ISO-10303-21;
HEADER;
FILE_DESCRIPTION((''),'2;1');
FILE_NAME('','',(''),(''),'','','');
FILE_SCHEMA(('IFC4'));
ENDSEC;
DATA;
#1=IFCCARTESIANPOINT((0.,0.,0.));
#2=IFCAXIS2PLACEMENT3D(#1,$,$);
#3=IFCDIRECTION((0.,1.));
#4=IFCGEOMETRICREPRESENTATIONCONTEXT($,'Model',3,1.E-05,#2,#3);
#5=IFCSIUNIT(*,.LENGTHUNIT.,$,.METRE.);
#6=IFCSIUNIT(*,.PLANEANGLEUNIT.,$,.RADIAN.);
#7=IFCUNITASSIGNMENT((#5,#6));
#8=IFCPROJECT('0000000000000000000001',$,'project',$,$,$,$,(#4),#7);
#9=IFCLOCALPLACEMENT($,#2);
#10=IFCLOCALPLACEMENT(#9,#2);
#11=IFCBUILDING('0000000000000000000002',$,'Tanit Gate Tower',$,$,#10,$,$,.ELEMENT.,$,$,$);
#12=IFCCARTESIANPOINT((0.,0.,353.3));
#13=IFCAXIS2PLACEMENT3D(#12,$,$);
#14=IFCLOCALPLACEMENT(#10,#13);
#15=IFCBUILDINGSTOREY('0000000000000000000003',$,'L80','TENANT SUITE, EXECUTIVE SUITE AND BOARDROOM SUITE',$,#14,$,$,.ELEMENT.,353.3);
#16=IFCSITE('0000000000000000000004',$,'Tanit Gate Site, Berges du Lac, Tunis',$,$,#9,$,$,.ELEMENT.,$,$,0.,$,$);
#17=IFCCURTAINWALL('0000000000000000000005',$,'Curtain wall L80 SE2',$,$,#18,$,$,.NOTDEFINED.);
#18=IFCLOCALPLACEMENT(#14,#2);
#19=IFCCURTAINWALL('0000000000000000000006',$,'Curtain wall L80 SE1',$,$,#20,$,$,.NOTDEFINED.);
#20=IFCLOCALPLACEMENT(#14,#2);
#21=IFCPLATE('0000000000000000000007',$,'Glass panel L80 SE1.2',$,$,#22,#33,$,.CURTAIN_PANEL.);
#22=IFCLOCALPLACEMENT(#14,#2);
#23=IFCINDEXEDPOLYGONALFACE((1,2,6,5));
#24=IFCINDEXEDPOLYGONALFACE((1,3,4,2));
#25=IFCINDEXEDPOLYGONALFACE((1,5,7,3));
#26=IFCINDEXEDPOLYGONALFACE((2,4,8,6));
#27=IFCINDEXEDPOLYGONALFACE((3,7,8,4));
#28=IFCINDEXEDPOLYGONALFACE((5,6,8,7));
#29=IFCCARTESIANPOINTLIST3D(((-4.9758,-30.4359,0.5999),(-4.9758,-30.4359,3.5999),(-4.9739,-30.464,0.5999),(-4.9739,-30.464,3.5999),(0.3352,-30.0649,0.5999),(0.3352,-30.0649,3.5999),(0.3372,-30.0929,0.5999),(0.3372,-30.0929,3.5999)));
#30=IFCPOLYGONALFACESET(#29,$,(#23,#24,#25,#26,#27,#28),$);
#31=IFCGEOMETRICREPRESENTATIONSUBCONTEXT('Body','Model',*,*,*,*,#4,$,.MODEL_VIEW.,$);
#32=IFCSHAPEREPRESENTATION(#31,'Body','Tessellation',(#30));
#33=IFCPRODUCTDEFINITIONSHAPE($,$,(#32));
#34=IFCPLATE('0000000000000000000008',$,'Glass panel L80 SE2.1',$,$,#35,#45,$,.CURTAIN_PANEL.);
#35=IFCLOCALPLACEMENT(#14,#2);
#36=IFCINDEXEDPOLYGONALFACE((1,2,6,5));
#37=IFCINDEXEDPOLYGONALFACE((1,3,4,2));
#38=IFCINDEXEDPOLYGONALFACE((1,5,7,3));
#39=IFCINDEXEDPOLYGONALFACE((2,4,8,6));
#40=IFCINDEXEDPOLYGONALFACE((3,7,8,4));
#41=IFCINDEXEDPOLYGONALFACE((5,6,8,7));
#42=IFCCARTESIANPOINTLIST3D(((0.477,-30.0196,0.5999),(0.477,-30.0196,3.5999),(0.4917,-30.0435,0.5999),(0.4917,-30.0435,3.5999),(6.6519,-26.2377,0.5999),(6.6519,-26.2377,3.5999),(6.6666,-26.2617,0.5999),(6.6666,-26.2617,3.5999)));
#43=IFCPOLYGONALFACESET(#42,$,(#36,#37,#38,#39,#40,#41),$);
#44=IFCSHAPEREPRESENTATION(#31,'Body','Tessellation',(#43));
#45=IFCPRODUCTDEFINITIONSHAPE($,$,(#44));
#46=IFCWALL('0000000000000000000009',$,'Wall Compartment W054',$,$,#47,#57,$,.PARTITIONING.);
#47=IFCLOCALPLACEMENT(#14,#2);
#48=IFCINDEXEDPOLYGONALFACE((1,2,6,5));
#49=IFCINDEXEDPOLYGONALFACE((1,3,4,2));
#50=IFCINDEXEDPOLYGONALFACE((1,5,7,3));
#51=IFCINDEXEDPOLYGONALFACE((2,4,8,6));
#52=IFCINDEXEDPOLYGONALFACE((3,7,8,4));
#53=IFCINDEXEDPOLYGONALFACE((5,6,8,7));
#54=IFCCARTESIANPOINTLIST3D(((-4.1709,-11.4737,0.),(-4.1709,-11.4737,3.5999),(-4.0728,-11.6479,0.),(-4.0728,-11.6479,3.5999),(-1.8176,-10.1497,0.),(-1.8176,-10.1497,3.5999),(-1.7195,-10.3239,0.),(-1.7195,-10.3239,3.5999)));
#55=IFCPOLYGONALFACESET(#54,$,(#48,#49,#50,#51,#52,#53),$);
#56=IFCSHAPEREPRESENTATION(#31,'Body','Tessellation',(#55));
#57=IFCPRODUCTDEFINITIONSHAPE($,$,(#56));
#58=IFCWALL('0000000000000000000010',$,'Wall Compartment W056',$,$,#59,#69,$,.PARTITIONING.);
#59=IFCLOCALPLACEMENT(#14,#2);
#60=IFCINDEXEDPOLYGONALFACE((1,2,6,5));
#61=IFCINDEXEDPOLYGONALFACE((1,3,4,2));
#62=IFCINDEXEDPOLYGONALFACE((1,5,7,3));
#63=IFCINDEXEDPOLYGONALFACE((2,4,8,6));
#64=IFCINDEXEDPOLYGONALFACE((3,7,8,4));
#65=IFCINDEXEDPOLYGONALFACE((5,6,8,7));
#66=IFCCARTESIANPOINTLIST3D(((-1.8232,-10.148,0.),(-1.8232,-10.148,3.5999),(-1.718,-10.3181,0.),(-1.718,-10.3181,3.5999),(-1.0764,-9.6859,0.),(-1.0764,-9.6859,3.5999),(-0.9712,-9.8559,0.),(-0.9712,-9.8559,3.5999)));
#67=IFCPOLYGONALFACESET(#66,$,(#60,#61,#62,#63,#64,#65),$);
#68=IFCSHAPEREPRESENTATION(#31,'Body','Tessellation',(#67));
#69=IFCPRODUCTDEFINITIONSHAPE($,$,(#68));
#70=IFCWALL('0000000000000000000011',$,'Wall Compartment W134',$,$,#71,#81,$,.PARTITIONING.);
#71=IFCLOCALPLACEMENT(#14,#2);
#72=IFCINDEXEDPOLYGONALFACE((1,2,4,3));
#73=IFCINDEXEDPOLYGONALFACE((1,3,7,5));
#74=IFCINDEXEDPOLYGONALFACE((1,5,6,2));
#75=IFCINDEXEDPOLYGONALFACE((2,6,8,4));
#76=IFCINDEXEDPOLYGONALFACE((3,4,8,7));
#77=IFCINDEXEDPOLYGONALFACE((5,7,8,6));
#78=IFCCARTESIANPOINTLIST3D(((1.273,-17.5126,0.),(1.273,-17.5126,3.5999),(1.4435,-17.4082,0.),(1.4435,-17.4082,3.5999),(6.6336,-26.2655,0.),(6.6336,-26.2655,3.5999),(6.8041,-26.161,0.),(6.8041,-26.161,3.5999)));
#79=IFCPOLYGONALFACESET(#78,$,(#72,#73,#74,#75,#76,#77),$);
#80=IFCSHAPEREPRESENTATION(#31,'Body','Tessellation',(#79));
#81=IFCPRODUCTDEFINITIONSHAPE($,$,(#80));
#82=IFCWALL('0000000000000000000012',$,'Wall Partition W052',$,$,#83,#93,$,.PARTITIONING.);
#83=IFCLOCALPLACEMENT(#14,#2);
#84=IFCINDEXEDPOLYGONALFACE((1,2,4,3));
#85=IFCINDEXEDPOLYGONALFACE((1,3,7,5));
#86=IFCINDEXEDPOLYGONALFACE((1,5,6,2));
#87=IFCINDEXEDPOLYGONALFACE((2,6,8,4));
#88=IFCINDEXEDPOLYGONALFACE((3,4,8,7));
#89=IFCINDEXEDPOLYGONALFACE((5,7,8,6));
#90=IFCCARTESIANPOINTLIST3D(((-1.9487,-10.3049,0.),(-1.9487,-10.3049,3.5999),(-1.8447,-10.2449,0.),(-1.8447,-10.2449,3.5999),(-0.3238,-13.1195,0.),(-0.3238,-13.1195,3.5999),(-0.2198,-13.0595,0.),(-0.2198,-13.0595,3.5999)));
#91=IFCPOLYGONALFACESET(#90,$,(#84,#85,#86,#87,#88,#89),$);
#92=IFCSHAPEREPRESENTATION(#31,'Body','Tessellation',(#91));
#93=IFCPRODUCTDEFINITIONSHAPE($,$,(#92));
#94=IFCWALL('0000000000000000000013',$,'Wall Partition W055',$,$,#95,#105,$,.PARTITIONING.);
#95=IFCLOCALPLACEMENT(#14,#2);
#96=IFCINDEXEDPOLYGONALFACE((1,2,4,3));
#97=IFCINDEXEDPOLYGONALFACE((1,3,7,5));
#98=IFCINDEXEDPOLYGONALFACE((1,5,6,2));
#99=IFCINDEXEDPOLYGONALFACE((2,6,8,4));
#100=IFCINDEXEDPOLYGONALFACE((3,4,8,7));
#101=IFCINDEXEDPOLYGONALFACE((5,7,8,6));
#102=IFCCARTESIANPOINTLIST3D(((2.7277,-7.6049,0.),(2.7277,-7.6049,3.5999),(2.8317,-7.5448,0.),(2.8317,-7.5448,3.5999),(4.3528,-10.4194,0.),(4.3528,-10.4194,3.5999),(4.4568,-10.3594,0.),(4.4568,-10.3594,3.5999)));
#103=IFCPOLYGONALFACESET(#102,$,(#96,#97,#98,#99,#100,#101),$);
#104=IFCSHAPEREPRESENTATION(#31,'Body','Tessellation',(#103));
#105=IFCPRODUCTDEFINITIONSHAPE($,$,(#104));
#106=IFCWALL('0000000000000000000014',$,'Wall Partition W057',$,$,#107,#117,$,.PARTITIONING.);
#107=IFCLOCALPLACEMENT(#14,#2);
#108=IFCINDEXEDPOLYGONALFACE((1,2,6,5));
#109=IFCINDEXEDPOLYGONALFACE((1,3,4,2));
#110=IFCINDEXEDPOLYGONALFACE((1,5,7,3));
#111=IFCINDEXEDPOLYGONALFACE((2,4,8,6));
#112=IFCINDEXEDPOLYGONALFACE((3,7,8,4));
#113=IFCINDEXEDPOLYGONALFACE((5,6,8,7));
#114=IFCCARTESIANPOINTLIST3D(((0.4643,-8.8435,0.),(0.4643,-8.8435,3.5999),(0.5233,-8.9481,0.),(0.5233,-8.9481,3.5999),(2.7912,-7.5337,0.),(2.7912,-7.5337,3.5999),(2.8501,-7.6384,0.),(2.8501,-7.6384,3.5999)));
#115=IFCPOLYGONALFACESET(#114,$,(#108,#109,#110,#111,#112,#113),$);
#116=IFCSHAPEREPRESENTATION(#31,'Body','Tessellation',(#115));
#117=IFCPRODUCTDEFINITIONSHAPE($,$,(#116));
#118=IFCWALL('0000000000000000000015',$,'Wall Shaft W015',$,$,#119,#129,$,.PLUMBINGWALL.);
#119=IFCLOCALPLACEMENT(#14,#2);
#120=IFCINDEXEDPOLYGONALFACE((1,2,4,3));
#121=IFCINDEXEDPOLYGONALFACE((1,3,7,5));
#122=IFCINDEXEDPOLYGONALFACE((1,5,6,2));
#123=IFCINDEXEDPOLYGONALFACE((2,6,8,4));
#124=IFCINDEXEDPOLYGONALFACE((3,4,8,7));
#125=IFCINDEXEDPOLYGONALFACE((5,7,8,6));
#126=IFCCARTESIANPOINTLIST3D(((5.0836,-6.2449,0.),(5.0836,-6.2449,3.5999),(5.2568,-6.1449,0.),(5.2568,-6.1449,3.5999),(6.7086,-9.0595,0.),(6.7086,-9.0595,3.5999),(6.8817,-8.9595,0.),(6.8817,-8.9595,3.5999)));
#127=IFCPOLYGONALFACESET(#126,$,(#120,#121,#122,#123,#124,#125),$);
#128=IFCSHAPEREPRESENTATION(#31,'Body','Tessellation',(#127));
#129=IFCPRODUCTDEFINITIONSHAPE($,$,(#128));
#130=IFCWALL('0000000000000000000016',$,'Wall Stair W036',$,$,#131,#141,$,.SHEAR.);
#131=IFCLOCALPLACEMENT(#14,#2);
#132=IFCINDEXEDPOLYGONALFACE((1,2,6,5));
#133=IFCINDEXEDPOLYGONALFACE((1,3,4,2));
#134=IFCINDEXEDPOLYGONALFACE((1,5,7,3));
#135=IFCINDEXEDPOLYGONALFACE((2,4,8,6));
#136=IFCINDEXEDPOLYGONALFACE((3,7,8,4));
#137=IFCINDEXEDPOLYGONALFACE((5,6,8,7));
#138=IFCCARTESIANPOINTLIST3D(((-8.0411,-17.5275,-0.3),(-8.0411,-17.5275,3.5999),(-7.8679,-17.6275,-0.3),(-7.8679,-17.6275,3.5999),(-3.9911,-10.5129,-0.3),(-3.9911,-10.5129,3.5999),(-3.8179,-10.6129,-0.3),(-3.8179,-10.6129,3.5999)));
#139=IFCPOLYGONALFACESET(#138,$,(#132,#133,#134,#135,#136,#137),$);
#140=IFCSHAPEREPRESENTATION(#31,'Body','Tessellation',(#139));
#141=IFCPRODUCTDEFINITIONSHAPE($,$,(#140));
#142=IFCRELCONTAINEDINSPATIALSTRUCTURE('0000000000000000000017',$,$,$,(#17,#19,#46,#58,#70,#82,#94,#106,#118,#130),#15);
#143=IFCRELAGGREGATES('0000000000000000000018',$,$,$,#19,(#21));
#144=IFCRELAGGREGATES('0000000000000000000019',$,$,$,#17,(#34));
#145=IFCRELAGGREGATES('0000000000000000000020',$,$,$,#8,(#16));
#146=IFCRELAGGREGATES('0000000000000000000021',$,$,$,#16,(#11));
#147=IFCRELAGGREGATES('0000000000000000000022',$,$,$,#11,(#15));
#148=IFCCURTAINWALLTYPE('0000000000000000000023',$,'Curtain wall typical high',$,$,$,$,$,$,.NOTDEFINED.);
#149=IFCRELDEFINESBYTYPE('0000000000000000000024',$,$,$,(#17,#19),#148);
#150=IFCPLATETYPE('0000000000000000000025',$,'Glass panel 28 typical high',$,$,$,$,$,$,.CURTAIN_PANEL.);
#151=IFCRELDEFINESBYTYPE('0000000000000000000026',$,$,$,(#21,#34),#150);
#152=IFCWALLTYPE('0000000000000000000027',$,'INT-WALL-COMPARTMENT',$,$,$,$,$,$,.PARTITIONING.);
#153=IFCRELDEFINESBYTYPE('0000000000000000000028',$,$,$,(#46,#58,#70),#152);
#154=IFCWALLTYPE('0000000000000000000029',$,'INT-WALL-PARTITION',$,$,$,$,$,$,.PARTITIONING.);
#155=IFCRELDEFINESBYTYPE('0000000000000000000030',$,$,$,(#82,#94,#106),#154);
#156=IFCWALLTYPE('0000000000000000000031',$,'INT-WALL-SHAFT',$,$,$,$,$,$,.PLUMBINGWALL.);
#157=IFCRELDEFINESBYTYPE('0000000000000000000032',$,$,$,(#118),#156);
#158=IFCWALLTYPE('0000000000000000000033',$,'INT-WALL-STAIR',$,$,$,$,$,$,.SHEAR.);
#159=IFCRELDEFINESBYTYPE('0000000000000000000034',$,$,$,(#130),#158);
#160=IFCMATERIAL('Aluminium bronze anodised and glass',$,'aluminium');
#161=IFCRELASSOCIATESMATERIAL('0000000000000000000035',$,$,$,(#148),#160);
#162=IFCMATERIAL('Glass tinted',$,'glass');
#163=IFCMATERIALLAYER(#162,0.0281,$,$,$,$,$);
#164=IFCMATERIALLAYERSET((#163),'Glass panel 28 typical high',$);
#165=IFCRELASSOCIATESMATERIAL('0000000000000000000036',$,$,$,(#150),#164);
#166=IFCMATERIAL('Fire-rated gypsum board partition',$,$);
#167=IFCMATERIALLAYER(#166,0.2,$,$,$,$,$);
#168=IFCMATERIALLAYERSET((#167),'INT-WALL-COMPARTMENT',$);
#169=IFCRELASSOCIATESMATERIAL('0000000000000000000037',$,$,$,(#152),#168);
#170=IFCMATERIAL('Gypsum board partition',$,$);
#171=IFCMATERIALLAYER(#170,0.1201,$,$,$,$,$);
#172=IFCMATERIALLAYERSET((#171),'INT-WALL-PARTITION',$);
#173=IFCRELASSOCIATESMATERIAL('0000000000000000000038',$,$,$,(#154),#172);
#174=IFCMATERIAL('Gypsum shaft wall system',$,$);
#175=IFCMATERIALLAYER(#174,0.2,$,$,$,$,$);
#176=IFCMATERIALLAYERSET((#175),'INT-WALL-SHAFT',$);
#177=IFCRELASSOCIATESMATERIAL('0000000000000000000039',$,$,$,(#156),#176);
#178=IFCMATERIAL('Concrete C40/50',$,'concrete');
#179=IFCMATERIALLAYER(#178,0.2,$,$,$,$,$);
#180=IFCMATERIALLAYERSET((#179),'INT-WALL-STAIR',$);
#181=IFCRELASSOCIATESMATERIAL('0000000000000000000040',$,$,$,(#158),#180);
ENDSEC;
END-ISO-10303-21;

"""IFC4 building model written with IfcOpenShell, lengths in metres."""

from ifc_helpers import new_model, si_unit, direction, frame, frame_2d, origin, origin_2d, place, context, subcontext, project, spatial, rectangle, extrude, material, layer, layer_set, type_object, element, aggregate, save


model = new_model("IFC4")

# Units and contexts
model_context = context("Model", 3, precision=1e-05, world=origin(), true_north=direction((0.0, 1.0)))
body_context = subcontext(model_context, "Body", "Model", "MODEL_VIEW")
ifc_project = project(units=[si_unit("LENGTHUNIT", "METRE"), si_unit("PLANEANGLEUNIT", "RADIAN")], contexts=[model_context])

# Site, building, storey
site_placement = place(None, origin())
site = spatial("IfcSite", under=ifc_project, at=site_placement, Name="Tanit Gate Site, Berges du Lac, Tunis", CompositionType="ELEMENT", RefElevation=0.0)
building_placement = place(site_placement, origin())
building = spatial("IfcBuilding", under=site, at=building_placement, Name="Tanit Gate Tower", CompositionType="ELEMENT")
storey_placement = place(building_placement, frame((0.0, 0.0, 353.3)))
storey = spatial("IfcBuildingStorey", under=building, at=storey_placement, Name="L80", Description="TENANT SUITE, EXECUTIVE SUITE AND BOARDROOM SUITE", CompositionType="ELEMENT", Elevation=353.3)

# Curtain wall
ifc_material_1 = material(Name="Aluminium bronze anodised and glass", Category="aluminium")
curtain_wall_type = type_object("IfcCurtainWallType", Name="Curtain wall typical high", PredefinedType="NOTDEFINED", material=ifc_material_1)
curtain_wall_1_placement = place(storey_placement, origin())
curtain_wall_1 = element("IfcCurtainWall", 1, at=curtain_wall_1_placement, inside=storey, type_object=curtain_wall_type, Name="Curtain wall L80 SE2", PredefinedType="NOTDEFINED")

# Curtain wall
curtain_wall_2_placement = place(storey_placement, origin())
curtain_wall_2 = element("IfcCurtainWall", 2, at=curtain_wall_2_placement, inside=storey, type_object=curtain_wall_type, Name="Curtain wall L80 SE1", PredefinedType="NOTDEFINED")

# Plates
ifc_material_2 = material(Name="Glass tinted", Category="glass")
ifc_layer_1 = layer(ifc_material_2, 0.0281)
ifc_layer_set_1 = layer_set([ifc_layer_1], Name="Glass panel 28 typical high")
plate_type = type_object("IfcPlateType", Name="Glass panel 28 typical high", PredefinedType="CURTAIN_PANEL", material=ifc_layer_set_1)
plate_1_placement = place(storey_placement, frame((-2.3193, -30.2644, 0.5999), z_axis=(0.0, 0.0, 1.0), x_axis=(0.997568, 0.069702, 0.0)))
plate_1 = element("IfcPlate", 3, at=plate_1_placement, type_object=plate_type, Name="Glass panel L80 SE1.2", PredefinedType="CURTAIN_PANEL", context=body_context, shape_type="SweptSolid", body=[
    extrude(rectangle(XDim=5.324, YDim=0.0281, at=origin_2d()), origin(), (0.0, 0.0, 1.0), 3.0),
])
aggregate(curtain_wall_2, [plate_1])
plate_2_placement = place(storey_placement, frame((3.5718, -28.1406, 0.5999), z_axis=(0.0, 0.0, 1.0), x_axis=(0.852772, 0.522283, 0.0)))
plate_2 = element("IfcPlate", 4, at=plate_2_placement, type_object=plate_type, Name="Glass panel L80 SE2.1", PredefinedType="CURTAIN_PANEL", context=body_context, shape_type="SweptSolid", body=[
    extrude(rectangle(XDim=7.241, YDim=0.0281, at=origin_2d()), origin(), (0.0, 0.0, 1.0), 3.0),
])
aggregate(curtain_wall_1, [plate_2])

# Walls
ifc_material_3 = material(Name="Fire-rated gypsum board partition")
ifc_layer_2 = layer(ifc_material_3, 0.2)
ifc_layer_set_2 = layer_set([ifc_layer_2], Name="INT-WALL-COMPARTMENT")
wall_type_1 = type_object("IfcWallType", Name="INT-WALL-COMPARTMENT", PredefinedType="PARTITIONING", material=ifc_layer_set_2)
wall_1_placement = place(storey_placement, frame((-1.7686, -10.2368, 0.0), z_axis=(0.0, 0.0, 1.0), x_axis=(-0.871534, -0.490334, 0.0)))
element("IfcWall", 5, at=wall_1_placement, inside=storey, type_object=wall_type_1, Name="Wall Compartment W054", PredefinedType="PARTITIONING", context=body_context, shape_type="SweptSolid", body=[
    extrude(rectangle(XDim=2.7002, YDim=0.2, at=frame_2d((1.3501, 0.0))), origin(), (0.0, 0.0, 1.0), 3.5999),
])
wall_2_placement = place(storey_placement, frame((-1.0239, -9.771, 0.0), z_axis=(0.0, 0.0, 1.0), x_axis=(-0.850348, -0.526221, 0.0)))
element("IfcWall", 6, at=wall_2_placement, inside=storey, type_object=wall_type_1, Name="Wall Compartment W056", PredefinedType="PARTITIONING", context=body_context, shape_type="SweptSolid", body=[
    extrude(rectangle(XDim=0.8782, YDim=0.2, at=frame_2d((0.439, 0.0))), origin(), (0.0, 0.0, 1.0), 3.5999),
])
wall_3_placement = place(storey_placement, frame((6.7188, -26.2131, 0.0), z_axis=(0.0, 0.0, 1.0), x_axis=(-0.522271, 0.852779, 0.0)))
element("IfcWall", 7, at=wall_3_placement, inside=storey, type_object=wall_type_1, Name="Wall Compartment W134", PredefinedType="PARTITIONING", context=body_context, shape_type="SweptSolid", body=[
    extrude(rectangle(XDim=10.2639, YDim=0.2, at=frame_2d((5.1318, 0.0))), origin(), (0.0, 0.0, 1.0), 3.5999),
])
ifc_material_4 = material(Name="Gypsum board partition")
ifc_layer_3 = layer(ifc_material_4, 0.1201)
ifc_layer_set_3 = layer_set([ifc_layer_3], Name="INT-WALL-PARTITION")
wall_type_2 = type_object("IfcWallType", Name="INT-WALL-PARTITION", PredefinedType="PARTITIONING", material=ifc_layer_set_3)
for number, where, z_axis, x_axis, name in (
    (8, (-1.8967, -10.2749, 0.0), (0.0, 0.0, 1.0), (0.499985, -0.866034, 0.0), "Wall Partition W052"),
    (9, (4.4048, -10.3894, 0.0), (0.0, 0.0, 1.0), (-0.500017, 0.866015, 0.0), "Wall Partition W055"),
):
    element("IfcWall", number, at=place(storey_placement, frame(where, z_axis=z_axis, x_axis=x_axis)), inside=storey, type_object=wall_type_2, Name=name, PredefinedType="PARTITIONING", context=body_context, shape_type="SweptSolid", body=[
        extrude(rectangle(XDim=3.25, YDim=0.1201, at=frame_2d((1.625, 0.0))), origin(), (0.0, 0.0, 1.0), 3.5999),
    ])
wall_4_placement = place(storey_placement, frame((0.4939, -8.8958, 0.0), z_axis=(0.0, 0.0, 1.0), x_axis=(0.871427, 0.490526, 0.0)))
element("IfcWall", 10, at=wall_4_placement, inside=storey, type_object=wall_type_2, Name="Wall Partition W057", PredefinedType="PARTITIONING", context=body_context, shape_type="SweptSolid", body=[
    extrude(rectangle(XDim=2.6702, YDim=0.1201, at=frame_2d((1.335, 0.0))), origin(), (0.0, 0.0, 1.0), 3.5999),
])
ifc_material_5 = material(Name="Gypsum shaft wall system")
ifc_layer_4 = layer(ifc_material_5, 0.2)
ifc_layer_set_4 = layer_set([ifc_layer_4], Name="INT-WALL-SHAFT")
wall_type_3 = type_object("IfcWallType", Name="INT-WALL-SHAFT", PredefinedType="PLUMBINGWALL", material=ifc_layer_set_4)
wall_5_placement = place(storey_placement, frame((6.7952, -9.0095, 0.0), z_axis=(0.0, 0.0, 1.0), x_axis=(-0.499985, 0.866034, 0.0)))
element("IfcWall", 11, at=wall_5_placement, inside=storey, type_object=wall_type_3, Name="Wall Shaft W015", PredefinedType="PLUMBINGWALL", context=body_context, shape_type="SweptSolid", body=[
    extrude(rectangle(XDim=3.25, YDim=0.2, at=frame_2d((1.625, 0.0))), origin(), (0.0, 0.0, 1.0), 3.5999),
])
ifc_material_6 = material(Name="Concrete C40/50", Category="concrete")
ifc_layer_5 = layer(ifc_material_6, 0.2)
ifc_layer_set_5 = layer_set([ifc_layer_5], Name="INT-WALL-STAIR")
wall_type_4 = type_object("IfcWallType", Name="INT-WALL-STAIR", PredefinedType="SHEAR", material=ifc_layer_set_5)
wall_6_placement = place(storey_placement, frame((-3.9045, -10.563, -0.3), z_axis=(0.0, 0.0, 1.0), x_axis=(-0.500013, -0.866018, 0.0)))
element("IfcWall", 12, at=wall_6_placement, inside=storey, type_object=wall_type_4, Name="Wall Stair W036", PredefinedType="SHEAR", context=body_context, shape_type="SweptSolid", body=[
    extrude(rectangle(XDim=8.0999, YDim=0.2, at=frame_2d((4.0498, 0.0))), origin(), (0.0, 0.0, 1.0), 3.8999),
])

save(model, "model.ifc")
